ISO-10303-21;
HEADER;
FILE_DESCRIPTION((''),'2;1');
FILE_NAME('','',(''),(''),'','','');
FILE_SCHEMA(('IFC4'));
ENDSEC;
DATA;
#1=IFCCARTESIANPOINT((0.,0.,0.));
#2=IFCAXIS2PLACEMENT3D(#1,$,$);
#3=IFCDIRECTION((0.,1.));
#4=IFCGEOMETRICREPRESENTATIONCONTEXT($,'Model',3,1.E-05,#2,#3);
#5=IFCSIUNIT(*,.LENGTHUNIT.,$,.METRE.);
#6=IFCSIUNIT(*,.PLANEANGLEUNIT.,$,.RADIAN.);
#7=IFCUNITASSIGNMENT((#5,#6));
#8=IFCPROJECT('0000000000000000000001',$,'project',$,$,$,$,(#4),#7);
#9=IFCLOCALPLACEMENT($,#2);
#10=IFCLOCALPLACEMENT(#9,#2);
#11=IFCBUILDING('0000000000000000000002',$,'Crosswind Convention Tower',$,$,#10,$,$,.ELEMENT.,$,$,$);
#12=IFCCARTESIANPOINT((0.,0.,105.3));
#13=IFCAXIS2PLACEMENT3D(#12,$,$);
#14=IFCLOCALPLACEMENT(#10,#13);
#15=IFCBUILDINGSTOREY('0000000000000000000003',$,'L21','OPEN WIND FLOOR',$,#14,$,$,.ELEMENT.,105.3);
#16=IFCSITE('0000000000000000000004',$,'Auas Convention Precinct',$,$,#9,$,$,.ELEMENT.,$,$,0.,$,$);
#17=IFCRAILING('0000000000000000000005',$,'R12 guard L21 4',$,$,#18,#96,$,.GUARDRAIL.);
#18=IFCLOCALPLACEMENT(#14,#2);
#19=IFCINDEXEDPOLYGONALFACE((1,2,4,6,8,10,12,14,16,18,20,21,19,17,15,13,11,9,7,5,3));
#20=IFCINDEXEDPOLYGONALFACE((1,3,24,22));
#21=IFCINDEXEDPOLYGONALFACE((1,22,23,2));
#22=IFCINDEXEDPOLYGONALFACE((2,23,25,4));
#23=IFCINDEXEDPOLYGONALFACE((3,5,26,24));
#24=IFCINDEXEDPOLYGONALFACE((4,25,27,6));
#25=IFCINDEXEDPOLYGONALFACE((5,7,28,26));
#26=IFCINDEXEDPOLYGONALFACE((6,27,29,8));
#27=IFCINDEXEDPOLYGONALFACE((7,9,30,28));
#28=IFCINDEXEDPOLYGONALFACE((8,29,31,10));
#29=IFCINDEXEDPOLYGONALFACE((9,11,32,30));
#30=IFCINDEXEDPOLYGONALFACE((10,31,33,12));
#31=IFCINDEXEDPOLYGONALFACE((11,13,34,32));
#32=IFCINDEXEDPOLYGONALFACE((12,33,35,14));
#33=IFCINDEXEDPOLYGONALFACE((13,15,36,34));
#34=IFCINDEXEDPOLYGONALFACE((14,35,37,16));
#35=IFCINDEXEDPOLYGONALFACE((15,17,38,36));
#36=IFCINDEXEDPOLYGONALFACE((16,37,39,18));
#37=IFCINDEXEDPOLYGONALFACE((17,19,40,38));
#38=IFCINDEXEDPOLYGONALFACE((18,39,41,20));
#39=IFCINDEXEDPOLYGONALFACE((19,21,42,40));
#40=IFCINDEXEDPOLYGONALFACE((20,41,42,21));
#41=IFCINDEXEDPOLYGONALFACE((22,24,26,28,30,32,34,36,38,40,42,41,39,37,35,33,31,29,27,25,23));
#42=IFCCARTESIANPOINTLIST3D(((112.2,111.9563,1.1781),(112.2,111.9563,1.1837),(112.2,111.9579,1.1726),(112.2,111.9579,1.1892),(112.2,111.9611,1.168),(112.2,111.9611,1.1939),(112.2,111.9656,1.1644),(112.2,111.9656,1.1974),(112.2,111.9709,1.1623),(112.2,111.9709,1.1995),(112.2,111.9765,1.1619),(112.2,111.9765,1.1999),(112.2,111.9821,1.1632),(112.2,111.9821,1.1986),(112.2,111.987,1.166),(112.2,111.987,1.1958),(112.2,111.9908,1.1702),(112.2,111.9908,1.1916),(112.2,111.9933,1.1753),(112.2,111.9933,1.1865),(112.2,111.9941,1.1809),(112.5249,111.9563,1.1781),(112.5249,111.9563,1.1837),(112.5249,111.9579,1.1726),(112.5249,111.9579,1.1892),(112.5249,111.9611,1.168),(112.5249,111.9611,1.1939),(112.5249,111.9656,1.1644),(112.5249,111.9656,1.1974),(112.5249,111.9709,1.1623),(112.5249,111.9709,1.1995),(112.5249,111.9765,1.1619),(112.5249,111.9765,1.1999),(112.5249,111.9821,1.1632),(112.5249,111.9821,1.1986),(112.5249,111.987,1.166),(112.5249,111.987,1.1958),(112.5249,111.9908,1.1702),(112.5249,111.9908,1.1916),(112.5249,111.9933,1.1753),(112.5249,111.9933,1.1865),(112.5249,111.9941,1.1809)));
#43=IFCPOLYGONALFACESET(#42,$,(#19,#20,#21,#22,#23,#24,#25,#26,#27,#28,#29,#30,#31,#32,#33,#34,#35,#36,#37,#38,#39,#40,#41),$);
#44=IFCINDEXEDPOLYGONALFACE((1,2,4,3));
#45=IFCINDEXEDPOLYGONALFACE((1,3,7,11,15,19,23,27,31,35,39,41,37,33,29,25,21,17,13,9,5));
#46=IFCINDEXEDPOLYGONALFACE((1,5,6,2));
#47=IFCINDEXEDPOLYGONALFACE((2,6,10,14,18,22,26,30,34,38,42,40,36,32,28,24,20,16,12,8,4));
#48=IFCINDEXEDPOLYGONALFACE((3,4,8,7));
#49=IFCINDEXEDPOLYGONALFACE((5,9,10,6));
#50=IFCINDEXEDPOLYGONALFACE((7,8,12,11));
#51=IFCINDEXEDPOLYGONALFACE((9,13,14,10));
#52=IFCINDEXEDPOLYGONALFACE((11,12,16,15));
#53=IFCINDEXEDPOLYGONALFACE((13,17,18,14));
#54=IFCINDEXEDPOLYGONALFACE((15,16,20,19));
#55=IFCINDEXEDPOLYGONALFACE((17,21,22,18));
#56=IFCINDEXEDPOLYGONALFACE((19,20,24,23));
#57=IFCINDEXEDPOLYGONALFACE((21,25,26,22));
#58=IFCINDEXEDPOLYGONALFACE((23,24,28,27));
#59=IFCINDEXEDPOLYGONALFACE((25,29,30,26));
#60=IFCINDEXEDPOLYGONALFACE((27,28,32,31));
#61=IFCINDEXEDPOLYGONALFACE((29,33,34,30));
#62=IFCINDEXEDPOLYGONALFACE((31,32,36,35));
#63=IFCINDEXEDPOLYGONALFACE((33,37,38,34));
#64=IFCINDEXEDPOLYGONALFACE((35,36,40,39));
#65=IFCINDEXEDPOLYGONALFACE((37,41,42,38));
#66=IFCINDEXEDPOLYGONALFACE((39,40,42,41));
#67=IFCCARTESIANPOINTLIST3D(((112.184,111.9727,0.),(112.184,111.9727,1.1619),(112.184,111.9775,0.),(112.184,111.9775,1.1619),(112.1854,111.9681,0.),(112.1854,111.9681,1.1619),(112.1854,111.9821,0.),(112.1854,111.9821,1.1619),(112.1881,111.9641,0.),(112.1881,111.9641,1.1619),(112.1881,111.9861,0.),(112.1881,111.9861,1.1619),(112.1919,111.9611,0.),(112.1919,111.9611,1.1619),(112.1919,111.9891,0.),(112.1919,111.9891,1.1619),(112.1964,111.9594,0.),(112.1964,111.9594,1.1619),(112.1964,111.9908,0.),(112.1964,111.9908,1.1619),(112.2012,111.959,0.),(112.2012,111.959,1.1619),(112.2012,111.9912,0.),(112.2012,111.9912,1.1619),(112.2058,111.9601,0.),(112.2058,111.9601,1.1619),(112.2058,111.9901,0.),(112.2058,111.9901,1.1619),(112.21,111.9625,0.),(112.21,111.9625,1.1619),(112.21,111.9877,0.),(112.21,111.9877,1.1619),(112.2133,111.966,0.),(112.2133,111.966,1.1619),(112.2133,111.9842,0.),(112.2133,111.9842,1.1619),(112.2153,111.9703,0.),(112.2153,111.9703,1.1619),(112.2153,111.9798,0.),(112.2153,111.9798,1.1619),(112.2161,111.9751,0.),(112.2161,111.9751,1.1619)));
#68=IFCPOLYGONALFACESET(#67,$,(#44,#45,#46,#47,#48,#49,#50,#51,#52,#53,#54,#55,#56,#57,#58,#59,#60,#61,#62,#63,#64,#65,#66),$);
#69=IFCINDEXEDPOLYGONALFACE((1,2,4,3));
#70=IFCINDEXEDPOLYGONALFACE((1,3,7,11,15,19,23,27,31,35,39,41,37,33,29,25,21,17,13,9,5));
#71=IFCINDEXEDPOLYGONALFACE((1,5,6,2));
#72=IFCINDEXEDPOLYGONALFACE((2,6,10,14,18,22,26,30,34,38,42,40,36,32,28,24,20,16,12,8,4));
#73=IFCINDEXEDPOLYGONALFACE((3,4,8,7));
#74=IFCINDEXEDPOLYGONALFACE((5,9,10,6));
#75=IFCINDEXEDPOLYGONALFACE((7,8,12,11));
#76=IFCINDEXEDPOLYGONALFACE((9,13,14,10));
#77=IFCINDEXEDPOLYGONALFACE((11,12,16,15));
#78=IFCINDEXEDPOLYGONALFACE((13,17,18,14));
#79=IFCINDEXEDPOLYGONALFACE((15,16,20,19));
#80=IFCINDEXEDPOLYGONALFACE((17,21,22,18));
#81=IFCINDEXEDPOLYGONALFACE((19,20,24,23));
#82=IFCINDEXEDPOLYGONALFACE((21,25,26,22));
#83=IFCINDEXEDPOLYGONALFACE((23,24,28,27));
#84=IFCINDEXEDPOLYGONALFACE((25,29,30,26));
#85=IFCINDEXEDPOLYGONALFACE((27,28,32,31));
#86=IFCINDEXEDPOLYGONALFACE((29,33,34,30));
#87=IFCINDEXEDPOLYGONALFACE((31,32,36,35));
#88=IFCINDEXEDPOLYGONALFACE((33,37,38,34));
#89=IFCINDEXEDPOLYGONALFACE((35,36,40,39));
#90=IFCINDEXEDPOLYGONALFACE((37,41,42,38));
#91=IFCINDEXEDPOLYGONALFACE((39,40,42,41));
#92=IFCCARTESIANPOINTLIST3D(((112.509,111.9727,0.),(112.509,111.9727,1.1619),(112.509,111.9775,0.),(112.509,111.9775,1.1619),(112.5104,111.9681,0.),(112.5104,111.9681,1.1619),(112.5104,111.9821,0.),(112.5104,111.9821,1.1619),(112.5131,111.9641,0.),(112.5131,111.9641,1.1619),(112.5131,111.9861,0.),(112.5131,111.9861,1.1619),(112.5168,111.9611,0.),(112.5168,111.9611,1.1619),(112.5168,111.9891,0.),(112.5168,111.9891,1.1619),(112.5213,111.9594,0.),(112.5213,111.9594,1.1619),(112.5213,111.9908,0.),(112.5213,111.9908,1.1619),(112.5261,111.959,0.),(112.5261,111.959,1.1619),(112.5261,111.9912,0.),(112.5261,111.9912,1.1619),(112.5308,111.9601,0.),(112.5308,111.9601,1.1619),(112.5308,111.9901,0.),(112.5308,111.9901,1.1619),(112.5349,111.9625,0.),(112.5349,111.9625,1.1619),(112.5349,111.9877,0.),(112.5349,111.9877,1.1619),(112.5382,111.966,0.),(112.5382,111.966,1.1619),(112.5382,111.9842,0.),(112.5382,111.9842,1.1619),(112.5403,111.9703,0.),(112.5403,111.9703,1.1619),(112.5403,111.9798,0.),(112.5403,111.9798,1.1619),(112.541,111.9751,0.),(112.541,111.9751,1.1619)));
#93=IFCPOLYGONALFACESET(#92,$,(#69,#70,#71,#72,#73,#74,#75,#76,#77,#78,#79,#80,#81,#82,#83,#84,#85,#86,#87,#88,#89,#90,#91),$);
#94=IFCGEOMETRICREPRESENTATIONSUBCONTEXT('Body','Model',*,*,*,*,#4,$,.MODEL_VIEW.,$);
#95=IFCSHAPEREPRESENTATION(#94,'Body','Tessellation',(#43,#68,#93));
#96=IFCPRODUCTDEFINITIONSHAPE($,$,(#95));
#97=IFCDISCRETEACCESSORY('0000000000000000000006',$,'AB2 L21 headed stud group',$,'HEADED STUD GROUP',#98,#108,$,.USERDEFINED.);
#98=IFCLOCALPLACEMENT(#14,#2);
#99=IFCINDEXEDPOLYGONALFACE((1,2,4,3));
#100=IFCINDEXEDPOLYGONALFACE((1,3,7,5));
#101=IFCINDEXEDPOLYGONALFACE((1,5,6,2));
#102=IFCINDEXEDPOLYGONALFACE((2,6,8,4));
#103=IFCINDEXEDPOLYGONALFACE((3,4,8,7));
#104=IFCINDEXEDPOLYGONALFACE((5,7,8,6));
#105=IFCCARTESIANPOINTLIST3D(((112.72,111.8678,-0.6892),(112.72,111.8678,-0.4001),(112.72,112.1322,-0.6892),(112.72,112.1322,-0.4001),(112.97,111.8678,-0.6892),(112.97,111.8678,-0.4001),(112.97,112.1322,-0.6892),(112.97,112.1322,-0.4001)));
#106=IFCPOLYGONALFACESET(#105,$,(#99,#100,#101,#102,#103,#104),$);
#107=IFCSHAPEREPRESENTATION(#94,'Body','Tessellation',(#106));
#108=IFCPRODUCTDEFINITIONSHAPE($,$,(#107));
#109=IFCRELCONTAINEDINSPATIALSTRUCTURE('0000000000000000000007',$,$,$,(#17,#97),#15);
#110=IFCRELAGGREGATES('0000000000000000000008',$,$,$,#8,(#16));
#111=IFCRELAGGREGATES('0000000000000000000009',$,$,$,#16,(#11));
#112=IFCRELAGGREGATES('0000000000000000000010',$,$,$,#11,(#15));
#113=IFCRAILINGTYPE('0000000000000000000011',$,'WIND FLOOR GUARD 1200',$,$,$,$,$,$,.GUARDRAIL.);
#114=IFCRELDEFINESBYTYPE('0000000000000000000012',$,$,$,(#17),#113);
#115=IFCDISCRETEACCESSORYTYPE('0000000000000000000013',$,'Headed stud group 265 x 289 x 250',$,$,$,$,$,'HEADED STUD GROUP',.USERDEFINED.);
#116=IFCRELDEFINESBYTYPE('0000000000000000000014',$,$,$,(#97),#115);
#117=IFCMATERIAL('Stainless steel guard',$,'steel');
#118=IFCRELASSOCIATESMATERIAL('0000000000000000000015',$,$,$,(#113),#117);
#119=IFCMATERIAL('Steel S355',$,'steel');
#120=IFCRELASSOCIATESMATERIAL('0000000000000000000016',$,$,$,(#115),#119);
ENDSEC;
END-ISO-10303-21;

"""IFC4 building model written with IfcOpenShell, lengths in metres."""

from ifc_helpers import new_model, si_unit, direction, frame, origin, origin_2d, place, context, subcontext, project, spatial, rectangle, circle, extrude, material, type_object, element, save


model = new_model("IFC4")

# Units and contexts
model_context = context("Model", 3, precision=1e-05, world=origin(), true_north=direction((0.0, 1.0)))
body_context = subcontext(model_context, "Body", "Model", "MODEL_VIEW")
ifc_project = project(units=[si_unit("LENGTHUNIT", "METRE"), si_unit("PLANEANGLEUNIT", "RADIAN")], contexts=[model_context])

# Site, building, storey
site_placement = place(None, origin())
site = spatial("IfcSite", under=ifc_project, at=site_placement, Name="Auas Convention Precinct", CompositionType="ELEMENT", RefElevation=0.0)
building_placement = place(site_placement, origin())
building = spatial("IfcBuilding", under=site, at=building_placement, Name="Crosswind Convention Tower", CompositionType="ELEMENT")
storey_placement = place(building_placement, frame((0.0, 0.0, 105.3)))
storey = spatial("IfcBuildingStorey", under=building, at=storey_placement, Name="L21", Description="OPEN WIND FLOOR", CompositionType="ELEMENT", Elevation=105.3)

# Railing
ifc_material_1 = material(Name="Stainless steel guard", Category="steel")
railing_type_1 = type_object("IfcRailingType", Name="WIND FLOOR GUARD 1200", PredefinedType="GUARDRAIL", material=ifc_material_1)
railing_1_placement = place(storey_placement, frame((112.2, 111.9751, 0.0)))
element("IfcRailing", 1, at=railing_1_placement, inside=storey, type_object=railing_type_1, Name="R12 guard L21 4", PredefinedType="GUARDRAIL", context=body_context, shape_type="SweptSolid", body=[
    extrude(circle(Radius=0.019, at=origin_2d()), frame((0.0, 0.0, 1.1809), z_axis=(1.0, 0.0, 0.0), x_axis=(0.0, 1.0, 0.0)), (0.0, 0.0, 1.0), 0.325),
    extrude(circle(Radius=0.0161, at=origin_2d()), origin(), (0.0, 0.0, 1.0), 1.1619),
    extrude(circle(Radius=0.0161, at=origin_2d()), frame((0.325, 0.0, 0.0)), (0.0, 0.0, 1.0), 1.1619),
])

# Discrete accessory
ifc_material_2 = material(Name="Steel S355", Category="steel")
discrete_accessory_type = type_object("IfcDiscreteAccessoryType", Name="Headed stud group 265 x 289 x 250", ElementType="HEADED STUD GROUP", PredefinedType="USERDEFINED", material=ifc_material_2)
discrete_accessory_placement = place(storey_placement, frame((112.845, 112.0, -0.6892), z_axis=(0.0, 0.0, 1.0), x_axis=(1.0, 0.0, 0.0)))
element("IfcDiscreteAccessory", 2, at=discrete_accessory_placement, inside=storey, type_object=discrete_accessory_type, Name="AB2 L21 headed stud group", ObjectType="HEADED STUD GROUP", PredefinedType="USERDEFINED", context=body_context, shape_type="SweptSolid", body=[
    extrude(rectangle(XDim=0.25, YDim=0.2644, at=origin_2d()), origin(), (0.0, 0.0, 1.0), 0.2891),
])

save(model, "model.ifc")
